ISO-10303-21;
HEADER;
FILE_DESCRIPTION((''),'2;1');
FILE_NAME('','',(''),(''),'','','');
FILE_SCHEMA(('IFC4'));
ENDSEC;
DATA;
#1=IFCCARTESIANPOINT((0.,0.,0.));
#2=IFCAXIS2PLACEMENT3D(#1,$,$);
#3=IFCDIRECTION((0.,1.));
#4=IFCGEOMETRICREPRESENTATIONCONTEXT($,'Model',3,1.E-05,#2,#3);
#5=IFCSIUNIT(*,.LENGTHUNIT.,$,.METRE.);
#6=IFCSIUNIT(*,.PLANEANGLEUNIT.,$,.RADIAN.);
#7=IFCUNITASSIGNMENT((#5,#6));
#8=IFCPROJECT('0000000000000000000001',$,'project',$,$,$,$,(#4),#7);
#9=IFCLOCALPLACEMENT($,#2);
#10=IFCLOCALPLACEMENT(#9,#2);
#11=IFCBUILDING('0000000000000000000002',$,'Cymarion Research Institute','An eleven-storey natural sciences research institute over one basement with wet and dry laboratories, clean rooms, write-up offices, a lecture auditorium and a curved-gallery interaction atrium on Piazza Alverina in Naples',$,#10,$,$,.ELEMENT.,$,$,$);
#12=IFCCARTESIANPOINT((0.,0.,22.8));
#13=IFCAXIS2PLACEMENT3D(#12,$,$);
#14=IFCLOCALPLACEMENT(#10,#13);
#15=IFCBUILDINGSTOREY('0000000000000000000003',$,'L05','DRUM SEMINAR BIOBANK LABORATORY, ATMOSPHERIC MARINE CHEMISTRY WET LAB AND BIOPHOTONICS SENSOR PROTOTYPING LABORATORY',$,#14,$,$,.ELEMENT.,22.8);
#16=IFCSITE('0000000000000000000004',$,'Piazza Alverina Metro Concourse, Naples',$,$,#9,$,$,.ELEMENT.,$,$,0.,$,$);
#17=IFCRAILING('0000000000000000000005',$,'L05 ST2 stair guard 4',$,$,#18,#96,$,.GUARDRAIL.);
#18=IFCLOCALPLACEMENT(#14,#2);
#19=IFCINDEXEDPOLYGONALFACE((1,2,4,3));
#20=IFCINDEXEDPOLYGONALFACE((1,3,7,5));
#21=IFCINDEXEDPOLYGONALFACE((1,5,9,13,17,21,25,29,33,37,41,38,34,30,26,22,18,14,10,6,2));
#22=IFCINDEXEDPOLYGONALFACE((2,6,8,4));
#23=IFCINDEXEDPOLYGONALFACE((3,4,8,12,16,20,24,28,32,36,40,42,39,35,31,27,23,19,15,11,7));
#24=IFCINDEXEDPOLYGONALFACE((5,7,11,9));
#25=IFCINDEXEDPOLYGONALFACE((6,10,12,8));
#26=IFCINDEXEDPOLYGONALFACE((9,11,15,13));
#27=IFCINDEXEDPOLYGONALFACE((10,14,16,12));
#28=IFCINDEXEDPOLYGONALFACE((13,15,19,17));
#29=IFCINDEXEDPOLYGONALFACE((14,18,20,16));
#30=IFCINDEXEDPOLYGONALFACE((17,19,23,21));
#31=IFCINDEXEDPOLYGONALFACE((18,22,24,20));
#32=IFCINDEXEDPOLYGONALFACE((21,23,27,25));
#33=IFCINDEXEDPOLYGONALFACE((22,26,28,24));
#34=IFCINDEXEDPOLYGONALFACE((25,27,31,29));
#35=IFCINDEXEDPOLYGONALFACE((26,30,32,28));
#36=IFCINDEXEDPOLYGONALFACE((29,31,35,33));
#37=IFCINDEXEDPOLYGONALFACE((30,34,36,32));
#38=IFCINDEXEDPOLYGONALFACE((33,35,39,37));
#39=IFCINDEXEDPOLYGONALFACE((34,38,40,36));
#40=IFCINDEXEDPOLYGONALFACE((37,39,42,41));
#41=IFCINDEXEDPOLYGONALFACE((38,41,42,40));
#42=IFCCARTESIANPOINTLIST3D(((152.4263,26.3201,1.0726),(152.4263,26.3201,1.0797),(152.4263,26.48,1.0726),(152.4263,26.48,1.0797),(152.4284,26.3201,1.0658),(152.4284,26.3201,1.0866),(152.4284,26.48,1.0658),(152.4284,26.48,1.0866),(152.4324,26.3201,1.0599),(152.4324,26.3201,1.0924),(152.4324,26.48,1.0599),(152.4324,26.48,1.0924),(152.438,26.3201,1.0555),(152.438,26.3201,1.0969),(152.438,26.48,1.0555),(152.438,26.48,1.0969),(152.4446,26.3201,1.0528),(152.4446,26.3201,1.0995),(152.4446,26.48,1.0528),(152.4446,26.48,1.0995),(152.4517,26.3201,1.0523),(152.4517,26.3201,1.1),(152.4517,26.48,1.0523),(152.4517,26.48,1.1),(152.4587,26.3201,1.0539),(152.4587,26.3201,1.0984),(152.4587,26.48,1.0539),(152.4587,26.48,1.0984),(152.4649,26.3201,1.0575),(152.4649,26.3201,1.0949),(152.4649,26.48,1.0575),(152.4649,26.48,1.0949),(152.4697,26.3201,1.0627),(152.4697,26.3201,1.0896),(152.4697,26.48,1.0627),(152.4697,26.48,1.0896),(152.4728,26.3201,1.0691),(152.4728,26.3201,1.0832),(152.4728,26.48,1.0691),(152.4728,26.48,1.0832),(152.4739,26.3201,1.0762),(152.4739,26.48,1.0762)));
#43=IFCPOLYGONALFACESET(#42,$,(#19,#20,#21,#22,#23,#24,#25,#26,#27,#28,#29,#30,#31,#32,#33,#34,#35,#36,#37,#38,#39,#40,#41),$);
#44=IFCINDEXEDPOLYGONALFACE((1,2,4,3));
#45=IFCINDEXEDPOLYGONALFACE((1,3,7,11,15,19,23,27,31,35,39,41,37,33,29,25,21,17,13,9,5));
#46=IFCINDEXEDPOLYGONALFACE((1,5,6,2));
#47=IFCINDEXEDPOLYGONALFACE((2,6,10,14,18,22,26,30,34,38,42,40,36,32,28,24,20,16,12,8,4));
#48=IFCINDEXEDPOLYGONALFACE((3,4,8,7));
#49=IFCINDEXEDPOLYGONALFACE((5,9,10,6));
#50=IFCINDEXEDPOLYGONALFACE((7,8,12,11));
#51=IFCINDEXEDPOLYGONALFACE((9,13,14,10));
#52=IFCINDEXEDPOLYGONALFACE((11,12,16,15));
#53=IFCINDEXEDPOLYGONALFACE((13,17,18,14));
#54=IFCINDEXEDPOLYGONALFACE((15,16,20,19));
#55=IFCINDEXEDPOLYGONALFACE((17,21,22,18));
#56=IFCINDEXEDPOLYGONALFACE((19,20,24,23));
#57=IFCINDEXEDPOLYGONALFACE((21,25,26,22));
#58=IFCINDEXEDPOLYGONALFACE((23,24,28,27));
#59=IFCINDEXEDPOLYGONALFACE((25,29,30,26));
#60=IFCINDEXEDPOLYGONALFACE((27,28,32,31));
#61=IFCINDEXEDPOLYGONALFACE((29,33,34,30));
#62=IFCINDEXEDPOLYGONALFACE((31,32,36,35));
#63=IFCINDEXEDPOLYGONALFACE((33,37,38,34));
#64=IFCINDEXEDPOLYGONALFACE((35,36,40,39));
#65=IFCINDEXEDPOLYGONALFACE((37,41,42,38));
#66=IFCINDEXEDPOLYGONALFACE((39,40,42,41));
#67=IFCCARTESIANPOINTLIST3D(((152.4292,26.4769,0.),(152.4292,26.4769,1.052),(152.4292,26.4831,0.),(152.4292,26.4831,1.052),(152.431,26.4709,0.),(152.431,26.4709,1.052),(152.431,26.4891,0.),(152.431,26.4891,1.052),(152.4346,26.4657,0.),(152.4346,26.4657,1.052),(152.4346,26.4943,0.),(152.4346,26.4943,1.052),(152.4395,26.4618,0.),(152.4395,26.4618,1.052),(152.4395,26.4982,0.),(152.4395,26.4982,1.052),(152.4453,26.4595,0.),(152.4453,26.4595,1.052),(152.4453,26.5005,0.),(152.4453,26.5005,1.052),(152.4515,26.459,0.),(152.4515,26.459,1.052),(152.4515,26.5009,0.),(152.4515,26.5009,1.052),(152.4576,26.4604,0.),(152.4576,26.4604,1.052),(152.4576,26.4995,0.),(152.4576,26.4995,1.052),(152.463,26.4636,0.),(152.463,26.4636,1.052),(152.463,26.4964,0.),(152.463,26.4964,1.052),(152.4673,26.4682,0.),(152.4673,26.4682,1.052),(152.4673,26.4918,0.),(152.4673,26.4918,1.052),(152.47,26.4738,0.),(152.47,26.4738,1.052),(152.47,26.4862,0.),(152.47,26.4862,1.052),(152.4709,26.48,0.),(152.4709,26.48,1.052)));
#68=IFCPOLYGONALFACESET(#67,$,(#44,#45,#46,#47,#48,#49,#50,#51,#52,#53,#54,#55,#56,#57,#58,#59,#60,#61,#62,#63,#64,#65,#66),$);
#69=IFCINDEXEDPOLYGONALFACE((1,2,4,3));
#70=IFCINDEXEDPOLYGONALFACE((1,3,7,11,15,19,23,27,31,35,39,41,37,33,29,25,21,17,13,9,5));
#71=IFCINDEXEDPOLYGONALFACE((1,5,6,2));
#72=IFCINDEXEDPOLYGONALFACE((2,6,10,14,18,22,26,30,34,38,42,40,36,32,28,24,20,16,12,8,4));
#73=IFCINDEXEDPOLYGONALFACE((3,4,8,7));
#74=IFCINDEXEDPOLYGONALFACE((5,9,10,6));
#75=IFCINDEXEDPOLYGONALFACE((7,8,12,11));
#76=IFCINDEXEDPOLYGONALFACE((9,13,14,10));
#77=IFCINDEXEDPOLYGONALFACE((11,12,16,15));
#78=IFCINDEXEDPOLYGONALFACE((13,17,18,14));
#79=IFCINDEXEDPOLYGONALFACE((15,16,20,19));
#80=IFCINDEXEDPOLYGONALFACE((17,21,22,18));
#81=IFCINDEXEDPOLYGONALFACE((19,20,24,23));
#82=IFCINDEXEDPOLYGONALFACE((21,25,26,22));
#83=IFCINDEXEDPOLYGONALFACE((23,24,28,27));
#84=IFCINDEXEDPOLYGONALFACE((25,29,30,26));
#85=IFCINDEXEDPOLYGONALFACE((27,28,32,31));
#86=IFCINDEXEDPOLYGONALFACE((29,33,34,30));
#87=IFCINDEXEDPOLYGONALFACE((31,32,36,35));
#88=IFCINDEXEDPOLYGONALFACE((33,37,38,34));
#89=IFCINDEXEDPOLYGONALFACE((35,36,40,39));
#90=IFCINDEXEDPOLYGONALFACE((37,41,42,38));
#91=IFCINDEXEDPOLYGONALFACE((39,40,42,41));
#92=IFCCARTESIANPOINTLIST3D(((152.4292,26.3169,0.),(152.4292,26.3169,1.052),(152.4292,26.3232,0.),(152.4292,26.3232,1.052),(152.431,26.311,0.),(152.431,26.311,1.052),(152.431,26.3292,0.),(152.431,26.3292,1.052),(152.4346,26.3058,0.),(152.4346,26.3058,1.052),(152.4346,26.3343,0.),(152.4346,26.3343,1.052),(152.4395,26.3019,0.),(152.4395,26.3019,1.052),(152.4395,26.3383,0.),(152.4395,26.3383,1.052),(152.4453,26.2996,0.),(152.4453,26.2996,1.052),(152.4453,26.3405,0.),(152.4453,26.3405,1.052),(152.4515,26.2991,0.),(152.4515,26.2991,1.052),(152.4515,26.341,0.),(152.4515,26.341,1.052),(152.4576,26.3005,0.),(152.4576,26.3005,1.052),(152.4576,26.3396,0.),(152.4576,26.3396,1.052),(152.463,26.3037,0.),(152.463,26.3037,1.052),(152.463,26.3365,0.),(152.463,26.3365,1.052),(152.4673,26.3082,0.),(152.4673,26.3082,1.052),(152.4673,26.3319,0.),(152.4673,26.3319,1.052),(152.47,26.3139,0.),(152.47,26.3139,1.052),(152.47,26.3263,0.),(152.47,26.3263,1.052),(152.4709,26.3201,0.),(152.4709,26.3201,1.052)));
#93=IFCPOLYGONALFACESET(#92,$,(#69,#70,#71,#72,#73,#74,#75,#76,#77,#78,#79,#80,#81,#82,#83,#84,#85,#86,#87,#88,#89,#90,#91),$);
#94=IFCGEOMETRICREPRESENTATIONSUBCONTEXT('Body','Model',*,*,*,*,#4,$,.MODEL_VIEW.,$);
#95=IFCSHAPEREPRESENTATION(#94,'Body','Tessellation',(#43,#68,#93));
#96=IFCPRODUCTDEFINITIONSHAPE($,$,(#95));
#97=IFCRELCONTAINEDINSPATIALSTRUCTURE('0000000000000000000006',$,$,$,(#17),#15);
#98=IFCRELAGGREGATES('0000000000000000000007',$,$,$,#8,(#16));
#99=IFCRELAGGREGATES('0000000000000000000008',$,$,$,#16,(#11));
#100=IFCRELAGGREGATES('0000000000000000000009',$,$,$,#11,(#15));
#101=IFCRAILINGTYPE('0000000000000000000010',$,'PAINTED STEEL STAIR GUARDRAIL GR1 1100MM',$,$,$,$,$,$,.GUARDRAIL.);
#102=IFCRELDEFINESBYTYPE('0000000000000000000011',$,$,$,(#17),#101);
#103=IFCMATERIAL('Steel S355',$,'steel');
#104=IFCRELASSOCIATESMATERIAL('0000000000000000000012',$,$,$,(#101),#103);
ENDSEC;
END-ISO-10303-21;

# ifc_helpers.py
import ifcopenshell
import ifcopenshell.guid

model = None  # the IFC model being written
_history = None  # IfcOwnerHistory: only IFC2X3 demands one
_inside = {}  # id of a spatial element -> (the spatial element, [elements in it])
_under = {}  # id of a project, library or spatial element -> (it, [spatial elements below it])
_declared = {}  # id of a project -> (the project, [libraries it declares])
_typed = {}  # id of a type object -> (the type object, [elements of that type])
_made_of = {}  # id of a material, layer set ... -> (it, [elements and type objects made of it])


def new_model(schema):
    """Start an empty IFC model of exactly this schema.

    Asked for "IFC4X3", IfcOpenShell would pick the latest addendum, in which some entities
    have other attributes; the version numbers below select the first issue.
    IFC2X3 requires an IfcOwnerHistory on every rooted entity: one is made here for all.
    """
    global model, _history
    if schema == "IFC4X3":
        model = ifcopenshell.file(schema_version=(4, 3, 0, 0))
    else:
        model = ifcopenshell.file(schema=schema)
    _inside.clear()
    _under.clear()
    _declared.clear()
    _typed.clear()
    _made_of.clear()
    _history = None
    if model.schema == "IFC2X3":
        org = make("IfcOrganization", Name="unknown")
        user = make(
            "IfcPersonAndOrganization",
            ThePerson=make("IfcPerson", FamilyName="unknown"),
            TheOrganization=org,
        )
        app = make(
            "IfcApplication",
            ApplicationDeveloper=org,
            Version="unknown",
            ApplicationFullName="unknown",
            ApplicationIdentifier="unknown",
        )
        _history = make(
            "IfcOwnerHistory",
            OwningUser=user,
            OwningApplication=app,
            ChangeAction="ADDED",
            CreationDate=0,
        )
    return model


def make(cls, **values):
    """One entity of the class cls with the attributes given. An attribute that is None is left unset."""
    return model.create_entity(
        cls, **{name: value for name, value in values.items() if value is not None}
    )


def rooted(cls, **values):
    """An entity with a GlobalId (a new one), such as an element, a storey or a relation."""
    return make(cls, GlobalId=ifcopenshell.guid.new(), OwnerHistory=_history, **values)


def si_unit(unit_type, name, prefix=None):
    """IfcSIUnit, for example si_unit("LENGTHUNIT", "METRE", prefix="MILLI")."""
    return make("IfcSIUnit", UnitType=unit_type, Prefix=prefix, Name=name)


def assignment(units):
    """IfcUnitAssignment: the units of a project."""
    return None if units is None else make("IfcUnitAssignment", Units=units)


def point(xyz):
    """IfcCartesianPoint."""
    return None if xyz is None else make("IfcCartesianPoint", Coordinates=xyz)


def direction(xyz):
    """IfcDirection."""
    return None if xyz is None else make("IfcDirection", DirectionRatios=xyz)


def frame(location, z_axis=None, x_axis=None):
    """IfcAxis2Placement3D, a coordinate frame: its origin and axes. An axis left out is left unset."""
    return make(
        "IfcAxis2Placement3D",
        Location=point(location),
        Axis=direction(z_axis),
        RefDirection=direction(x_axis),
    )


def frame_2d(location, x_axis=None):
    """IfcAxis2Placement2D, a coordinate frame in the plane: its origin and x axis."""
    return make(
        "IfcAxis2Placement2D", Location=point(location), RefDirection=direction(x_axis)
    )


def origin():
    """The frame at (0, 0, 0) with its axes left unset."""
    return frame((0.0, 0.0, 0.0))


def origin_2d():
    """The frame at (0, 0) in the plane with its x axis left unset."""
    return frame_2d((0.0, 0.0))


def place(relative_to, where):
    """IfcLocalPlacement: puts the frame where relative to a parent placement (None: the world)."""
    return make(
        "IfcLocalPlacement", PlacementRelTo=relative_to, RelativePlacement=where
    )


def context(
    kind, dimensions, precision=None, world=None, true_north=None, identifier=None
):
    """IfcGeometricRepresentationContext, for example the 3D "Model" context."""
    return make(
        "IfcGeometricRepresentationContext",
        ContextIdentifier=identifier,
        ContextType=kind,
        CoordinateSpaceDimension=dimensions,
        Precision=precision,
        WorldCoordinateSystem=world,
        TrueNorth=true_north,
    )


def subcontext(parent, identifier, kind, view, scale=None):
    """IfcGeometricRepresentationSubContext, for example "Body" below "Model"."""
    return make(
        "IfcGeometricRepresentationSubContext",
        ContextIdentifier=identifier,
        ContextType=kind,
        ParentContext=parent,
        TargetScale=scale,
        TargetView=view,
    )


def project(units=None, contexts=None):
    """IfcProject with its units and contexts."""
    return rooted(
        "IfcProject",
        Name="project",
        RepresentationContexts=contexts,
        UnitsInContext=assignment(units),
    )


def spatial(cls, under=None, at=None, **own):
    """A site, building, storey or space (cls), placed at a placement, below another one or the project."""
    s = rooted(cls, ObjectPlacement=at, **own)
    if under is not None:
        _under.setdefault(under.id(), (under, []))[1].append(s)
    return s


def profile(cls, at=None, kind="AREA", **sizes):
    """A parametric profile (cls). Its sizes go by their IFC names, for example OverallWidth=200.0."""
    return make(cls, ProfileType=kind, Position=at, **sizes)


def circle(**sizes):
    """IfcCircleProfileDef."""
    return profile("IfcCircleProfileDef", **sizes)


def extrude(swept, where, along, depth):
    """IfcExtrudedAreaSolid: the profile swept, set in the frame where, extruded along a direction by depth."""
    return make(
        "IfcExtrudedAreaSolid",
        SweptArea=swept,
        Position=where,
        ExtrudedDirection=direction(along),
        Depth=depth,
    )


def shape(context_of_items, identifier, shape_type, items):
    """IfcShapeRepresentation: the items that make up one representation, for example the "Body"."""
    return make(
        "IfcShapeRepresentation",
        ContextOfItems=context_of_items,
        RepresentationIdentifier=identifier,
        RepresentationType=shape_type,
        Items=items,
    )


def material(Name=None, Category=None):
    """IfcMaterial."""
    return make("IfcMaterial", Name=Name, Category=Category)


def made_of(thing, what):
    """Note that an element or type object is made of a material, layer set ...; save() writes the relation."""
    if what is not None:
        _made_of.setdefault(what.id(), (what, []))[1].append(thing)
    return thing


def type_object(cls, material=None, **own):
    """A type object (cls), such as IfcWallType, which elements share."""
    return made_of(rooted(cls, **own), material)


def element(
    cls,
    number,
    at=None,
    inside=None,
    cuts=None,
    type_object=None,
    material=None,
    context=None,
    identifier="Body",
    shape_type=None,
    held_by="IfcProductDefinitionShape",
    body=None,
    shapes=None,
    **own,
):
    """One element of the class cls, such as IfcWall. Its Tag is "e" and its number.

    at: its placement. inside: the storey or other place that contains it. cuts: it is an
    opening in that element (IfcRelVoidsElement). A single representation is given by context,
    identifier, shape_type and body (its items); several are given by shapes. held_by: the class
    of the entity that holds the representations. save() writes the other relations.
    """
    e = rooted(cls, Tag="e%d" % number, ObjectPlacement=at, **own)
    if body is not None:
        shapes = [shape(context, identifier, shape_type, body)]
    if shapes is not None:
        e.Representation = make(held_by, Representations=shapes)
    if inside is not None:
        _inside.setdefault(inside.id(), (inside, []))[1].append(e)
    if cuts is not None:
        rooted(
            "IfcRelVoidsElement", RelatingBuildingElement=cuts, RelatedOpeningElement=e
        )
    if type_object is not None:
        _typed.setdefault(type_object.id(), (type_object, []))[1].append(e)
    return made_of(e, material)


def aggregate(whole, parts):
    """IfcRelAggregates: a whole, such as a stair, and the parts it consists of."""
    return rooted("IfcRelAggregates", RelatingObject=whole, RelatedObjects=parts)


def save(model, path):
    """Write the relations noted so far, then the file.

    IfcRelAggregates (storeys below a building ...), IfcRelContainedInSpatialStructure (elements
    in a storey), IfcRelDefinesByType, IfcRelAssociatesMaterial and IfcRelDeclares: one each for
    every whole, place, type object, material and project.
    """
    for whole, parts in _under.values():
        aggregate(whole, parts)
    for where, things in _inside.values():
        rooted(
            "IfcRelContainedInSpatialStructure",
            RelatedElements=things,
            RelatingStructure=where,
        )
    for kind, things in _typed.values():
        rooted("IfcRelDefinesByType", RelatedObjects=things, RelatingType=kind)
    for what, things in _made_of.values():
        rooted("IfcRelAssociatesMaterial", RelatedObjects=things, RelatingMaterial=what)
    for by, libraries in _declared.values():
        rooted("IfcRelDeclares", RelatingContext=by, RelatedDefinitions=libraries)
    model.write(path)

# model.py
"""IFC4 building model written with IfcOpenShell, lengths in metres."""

from ifc_helpers import new_model, si_unit, direction, frame, origin, origin_2d, place, context, subcontext, project, spatial, circle, extrude, material, type_object, element, save


model = new_model("IFC4")

# Units and contexts
model_context = context("Model", 3, precision=1e-05, world=origin(), true_north=direction((0.0, 1.0)))
body_context = subcontext(model_context, "Body", "Model", "MODEL_VIEW")
ifc_project = project(units=[si_unit("LENGTHUNIT", "METRE"), si_unit("PLANEANGLEUNIT", "RADIAN")], contexts=[model_context])

# Site, building, storey
site_placement = place(None, origin())
site = spatial("IfcSite", under=ifc_project, at=site_placement, Name="Piazza Alverina Metro Concourse, Naples", CompositionType="ELEMENT", RefElevation=0.0)
building_placement = place(site_placement, origin())
building = spatial("IfcBuilding", under=site, at=building_placement, Name="Cymarion Research Institute", Description="An eleven-storey natural sciences research institute over one basement with wet and dry laboratories, clean rooms, write-up offices, a lecture auditorium and a curved-gallery interaction atrium on Piazza Alverina in Naples", CompositionType="ELEMENT")
storey_placement = place(building_placement, frame((0.0, 0.0, 22.8)))
storey = spatial("IfcBuildingStorey", under=building, at=storey_placement, Name="L05", Description="DRUM SEMINAR BIOBANK LABORATORY, ATMOSPHERIC MARINE CHEMISTRY WET LAB AND BIOPHOTONICS SENSOR PROTOTYPING LABORATORY", CompositionType="ELEMENT", Elevation=22.8)

# Shared definitions
ifc_material_1 = material(Name="Steel S355", Category="steel")

# Railing
railing_type_1 = type_object("IfcRailingType", Name="PAINTED STEEL STAIR GUARDRAIL GR1 1100MM", PredefinedType="GUARDRAIL", material=ifc_material_1)
railing_1_placement = place(storey_placement, frame((152.45, 26.48, 0.0)))
element("IfcRailing", 1, at=railing_1_placement, inside=storey, type_object=railing_type_1, Name="L05 ST2 stair guard 4", PredefinedType="GUARDRAIL", context=body_context, shape_type="SweptSolid", body=[
    extrude(circle(Radius=0.0239, at=origin_2d()), frame((0.0, 0.0, 1.0762), z_axis=(0.0, -1.0, 0.0), x_axis=(1.0, 0.0, 0.0)), (0.0, 0.0, 1.0), 0.1599),
    extrude(circle(Radius=0.021, at=origin_2d()), origin(), (0.0, 0.0, 1.0), 1.052),
    extrude(circle(Radius=0.021, at=origin_2d()), frame((0.0, -0.1599, 0.0)), (0.0, 0.0, 1.0), 1.052),
])

save(model, "model.ifc")
